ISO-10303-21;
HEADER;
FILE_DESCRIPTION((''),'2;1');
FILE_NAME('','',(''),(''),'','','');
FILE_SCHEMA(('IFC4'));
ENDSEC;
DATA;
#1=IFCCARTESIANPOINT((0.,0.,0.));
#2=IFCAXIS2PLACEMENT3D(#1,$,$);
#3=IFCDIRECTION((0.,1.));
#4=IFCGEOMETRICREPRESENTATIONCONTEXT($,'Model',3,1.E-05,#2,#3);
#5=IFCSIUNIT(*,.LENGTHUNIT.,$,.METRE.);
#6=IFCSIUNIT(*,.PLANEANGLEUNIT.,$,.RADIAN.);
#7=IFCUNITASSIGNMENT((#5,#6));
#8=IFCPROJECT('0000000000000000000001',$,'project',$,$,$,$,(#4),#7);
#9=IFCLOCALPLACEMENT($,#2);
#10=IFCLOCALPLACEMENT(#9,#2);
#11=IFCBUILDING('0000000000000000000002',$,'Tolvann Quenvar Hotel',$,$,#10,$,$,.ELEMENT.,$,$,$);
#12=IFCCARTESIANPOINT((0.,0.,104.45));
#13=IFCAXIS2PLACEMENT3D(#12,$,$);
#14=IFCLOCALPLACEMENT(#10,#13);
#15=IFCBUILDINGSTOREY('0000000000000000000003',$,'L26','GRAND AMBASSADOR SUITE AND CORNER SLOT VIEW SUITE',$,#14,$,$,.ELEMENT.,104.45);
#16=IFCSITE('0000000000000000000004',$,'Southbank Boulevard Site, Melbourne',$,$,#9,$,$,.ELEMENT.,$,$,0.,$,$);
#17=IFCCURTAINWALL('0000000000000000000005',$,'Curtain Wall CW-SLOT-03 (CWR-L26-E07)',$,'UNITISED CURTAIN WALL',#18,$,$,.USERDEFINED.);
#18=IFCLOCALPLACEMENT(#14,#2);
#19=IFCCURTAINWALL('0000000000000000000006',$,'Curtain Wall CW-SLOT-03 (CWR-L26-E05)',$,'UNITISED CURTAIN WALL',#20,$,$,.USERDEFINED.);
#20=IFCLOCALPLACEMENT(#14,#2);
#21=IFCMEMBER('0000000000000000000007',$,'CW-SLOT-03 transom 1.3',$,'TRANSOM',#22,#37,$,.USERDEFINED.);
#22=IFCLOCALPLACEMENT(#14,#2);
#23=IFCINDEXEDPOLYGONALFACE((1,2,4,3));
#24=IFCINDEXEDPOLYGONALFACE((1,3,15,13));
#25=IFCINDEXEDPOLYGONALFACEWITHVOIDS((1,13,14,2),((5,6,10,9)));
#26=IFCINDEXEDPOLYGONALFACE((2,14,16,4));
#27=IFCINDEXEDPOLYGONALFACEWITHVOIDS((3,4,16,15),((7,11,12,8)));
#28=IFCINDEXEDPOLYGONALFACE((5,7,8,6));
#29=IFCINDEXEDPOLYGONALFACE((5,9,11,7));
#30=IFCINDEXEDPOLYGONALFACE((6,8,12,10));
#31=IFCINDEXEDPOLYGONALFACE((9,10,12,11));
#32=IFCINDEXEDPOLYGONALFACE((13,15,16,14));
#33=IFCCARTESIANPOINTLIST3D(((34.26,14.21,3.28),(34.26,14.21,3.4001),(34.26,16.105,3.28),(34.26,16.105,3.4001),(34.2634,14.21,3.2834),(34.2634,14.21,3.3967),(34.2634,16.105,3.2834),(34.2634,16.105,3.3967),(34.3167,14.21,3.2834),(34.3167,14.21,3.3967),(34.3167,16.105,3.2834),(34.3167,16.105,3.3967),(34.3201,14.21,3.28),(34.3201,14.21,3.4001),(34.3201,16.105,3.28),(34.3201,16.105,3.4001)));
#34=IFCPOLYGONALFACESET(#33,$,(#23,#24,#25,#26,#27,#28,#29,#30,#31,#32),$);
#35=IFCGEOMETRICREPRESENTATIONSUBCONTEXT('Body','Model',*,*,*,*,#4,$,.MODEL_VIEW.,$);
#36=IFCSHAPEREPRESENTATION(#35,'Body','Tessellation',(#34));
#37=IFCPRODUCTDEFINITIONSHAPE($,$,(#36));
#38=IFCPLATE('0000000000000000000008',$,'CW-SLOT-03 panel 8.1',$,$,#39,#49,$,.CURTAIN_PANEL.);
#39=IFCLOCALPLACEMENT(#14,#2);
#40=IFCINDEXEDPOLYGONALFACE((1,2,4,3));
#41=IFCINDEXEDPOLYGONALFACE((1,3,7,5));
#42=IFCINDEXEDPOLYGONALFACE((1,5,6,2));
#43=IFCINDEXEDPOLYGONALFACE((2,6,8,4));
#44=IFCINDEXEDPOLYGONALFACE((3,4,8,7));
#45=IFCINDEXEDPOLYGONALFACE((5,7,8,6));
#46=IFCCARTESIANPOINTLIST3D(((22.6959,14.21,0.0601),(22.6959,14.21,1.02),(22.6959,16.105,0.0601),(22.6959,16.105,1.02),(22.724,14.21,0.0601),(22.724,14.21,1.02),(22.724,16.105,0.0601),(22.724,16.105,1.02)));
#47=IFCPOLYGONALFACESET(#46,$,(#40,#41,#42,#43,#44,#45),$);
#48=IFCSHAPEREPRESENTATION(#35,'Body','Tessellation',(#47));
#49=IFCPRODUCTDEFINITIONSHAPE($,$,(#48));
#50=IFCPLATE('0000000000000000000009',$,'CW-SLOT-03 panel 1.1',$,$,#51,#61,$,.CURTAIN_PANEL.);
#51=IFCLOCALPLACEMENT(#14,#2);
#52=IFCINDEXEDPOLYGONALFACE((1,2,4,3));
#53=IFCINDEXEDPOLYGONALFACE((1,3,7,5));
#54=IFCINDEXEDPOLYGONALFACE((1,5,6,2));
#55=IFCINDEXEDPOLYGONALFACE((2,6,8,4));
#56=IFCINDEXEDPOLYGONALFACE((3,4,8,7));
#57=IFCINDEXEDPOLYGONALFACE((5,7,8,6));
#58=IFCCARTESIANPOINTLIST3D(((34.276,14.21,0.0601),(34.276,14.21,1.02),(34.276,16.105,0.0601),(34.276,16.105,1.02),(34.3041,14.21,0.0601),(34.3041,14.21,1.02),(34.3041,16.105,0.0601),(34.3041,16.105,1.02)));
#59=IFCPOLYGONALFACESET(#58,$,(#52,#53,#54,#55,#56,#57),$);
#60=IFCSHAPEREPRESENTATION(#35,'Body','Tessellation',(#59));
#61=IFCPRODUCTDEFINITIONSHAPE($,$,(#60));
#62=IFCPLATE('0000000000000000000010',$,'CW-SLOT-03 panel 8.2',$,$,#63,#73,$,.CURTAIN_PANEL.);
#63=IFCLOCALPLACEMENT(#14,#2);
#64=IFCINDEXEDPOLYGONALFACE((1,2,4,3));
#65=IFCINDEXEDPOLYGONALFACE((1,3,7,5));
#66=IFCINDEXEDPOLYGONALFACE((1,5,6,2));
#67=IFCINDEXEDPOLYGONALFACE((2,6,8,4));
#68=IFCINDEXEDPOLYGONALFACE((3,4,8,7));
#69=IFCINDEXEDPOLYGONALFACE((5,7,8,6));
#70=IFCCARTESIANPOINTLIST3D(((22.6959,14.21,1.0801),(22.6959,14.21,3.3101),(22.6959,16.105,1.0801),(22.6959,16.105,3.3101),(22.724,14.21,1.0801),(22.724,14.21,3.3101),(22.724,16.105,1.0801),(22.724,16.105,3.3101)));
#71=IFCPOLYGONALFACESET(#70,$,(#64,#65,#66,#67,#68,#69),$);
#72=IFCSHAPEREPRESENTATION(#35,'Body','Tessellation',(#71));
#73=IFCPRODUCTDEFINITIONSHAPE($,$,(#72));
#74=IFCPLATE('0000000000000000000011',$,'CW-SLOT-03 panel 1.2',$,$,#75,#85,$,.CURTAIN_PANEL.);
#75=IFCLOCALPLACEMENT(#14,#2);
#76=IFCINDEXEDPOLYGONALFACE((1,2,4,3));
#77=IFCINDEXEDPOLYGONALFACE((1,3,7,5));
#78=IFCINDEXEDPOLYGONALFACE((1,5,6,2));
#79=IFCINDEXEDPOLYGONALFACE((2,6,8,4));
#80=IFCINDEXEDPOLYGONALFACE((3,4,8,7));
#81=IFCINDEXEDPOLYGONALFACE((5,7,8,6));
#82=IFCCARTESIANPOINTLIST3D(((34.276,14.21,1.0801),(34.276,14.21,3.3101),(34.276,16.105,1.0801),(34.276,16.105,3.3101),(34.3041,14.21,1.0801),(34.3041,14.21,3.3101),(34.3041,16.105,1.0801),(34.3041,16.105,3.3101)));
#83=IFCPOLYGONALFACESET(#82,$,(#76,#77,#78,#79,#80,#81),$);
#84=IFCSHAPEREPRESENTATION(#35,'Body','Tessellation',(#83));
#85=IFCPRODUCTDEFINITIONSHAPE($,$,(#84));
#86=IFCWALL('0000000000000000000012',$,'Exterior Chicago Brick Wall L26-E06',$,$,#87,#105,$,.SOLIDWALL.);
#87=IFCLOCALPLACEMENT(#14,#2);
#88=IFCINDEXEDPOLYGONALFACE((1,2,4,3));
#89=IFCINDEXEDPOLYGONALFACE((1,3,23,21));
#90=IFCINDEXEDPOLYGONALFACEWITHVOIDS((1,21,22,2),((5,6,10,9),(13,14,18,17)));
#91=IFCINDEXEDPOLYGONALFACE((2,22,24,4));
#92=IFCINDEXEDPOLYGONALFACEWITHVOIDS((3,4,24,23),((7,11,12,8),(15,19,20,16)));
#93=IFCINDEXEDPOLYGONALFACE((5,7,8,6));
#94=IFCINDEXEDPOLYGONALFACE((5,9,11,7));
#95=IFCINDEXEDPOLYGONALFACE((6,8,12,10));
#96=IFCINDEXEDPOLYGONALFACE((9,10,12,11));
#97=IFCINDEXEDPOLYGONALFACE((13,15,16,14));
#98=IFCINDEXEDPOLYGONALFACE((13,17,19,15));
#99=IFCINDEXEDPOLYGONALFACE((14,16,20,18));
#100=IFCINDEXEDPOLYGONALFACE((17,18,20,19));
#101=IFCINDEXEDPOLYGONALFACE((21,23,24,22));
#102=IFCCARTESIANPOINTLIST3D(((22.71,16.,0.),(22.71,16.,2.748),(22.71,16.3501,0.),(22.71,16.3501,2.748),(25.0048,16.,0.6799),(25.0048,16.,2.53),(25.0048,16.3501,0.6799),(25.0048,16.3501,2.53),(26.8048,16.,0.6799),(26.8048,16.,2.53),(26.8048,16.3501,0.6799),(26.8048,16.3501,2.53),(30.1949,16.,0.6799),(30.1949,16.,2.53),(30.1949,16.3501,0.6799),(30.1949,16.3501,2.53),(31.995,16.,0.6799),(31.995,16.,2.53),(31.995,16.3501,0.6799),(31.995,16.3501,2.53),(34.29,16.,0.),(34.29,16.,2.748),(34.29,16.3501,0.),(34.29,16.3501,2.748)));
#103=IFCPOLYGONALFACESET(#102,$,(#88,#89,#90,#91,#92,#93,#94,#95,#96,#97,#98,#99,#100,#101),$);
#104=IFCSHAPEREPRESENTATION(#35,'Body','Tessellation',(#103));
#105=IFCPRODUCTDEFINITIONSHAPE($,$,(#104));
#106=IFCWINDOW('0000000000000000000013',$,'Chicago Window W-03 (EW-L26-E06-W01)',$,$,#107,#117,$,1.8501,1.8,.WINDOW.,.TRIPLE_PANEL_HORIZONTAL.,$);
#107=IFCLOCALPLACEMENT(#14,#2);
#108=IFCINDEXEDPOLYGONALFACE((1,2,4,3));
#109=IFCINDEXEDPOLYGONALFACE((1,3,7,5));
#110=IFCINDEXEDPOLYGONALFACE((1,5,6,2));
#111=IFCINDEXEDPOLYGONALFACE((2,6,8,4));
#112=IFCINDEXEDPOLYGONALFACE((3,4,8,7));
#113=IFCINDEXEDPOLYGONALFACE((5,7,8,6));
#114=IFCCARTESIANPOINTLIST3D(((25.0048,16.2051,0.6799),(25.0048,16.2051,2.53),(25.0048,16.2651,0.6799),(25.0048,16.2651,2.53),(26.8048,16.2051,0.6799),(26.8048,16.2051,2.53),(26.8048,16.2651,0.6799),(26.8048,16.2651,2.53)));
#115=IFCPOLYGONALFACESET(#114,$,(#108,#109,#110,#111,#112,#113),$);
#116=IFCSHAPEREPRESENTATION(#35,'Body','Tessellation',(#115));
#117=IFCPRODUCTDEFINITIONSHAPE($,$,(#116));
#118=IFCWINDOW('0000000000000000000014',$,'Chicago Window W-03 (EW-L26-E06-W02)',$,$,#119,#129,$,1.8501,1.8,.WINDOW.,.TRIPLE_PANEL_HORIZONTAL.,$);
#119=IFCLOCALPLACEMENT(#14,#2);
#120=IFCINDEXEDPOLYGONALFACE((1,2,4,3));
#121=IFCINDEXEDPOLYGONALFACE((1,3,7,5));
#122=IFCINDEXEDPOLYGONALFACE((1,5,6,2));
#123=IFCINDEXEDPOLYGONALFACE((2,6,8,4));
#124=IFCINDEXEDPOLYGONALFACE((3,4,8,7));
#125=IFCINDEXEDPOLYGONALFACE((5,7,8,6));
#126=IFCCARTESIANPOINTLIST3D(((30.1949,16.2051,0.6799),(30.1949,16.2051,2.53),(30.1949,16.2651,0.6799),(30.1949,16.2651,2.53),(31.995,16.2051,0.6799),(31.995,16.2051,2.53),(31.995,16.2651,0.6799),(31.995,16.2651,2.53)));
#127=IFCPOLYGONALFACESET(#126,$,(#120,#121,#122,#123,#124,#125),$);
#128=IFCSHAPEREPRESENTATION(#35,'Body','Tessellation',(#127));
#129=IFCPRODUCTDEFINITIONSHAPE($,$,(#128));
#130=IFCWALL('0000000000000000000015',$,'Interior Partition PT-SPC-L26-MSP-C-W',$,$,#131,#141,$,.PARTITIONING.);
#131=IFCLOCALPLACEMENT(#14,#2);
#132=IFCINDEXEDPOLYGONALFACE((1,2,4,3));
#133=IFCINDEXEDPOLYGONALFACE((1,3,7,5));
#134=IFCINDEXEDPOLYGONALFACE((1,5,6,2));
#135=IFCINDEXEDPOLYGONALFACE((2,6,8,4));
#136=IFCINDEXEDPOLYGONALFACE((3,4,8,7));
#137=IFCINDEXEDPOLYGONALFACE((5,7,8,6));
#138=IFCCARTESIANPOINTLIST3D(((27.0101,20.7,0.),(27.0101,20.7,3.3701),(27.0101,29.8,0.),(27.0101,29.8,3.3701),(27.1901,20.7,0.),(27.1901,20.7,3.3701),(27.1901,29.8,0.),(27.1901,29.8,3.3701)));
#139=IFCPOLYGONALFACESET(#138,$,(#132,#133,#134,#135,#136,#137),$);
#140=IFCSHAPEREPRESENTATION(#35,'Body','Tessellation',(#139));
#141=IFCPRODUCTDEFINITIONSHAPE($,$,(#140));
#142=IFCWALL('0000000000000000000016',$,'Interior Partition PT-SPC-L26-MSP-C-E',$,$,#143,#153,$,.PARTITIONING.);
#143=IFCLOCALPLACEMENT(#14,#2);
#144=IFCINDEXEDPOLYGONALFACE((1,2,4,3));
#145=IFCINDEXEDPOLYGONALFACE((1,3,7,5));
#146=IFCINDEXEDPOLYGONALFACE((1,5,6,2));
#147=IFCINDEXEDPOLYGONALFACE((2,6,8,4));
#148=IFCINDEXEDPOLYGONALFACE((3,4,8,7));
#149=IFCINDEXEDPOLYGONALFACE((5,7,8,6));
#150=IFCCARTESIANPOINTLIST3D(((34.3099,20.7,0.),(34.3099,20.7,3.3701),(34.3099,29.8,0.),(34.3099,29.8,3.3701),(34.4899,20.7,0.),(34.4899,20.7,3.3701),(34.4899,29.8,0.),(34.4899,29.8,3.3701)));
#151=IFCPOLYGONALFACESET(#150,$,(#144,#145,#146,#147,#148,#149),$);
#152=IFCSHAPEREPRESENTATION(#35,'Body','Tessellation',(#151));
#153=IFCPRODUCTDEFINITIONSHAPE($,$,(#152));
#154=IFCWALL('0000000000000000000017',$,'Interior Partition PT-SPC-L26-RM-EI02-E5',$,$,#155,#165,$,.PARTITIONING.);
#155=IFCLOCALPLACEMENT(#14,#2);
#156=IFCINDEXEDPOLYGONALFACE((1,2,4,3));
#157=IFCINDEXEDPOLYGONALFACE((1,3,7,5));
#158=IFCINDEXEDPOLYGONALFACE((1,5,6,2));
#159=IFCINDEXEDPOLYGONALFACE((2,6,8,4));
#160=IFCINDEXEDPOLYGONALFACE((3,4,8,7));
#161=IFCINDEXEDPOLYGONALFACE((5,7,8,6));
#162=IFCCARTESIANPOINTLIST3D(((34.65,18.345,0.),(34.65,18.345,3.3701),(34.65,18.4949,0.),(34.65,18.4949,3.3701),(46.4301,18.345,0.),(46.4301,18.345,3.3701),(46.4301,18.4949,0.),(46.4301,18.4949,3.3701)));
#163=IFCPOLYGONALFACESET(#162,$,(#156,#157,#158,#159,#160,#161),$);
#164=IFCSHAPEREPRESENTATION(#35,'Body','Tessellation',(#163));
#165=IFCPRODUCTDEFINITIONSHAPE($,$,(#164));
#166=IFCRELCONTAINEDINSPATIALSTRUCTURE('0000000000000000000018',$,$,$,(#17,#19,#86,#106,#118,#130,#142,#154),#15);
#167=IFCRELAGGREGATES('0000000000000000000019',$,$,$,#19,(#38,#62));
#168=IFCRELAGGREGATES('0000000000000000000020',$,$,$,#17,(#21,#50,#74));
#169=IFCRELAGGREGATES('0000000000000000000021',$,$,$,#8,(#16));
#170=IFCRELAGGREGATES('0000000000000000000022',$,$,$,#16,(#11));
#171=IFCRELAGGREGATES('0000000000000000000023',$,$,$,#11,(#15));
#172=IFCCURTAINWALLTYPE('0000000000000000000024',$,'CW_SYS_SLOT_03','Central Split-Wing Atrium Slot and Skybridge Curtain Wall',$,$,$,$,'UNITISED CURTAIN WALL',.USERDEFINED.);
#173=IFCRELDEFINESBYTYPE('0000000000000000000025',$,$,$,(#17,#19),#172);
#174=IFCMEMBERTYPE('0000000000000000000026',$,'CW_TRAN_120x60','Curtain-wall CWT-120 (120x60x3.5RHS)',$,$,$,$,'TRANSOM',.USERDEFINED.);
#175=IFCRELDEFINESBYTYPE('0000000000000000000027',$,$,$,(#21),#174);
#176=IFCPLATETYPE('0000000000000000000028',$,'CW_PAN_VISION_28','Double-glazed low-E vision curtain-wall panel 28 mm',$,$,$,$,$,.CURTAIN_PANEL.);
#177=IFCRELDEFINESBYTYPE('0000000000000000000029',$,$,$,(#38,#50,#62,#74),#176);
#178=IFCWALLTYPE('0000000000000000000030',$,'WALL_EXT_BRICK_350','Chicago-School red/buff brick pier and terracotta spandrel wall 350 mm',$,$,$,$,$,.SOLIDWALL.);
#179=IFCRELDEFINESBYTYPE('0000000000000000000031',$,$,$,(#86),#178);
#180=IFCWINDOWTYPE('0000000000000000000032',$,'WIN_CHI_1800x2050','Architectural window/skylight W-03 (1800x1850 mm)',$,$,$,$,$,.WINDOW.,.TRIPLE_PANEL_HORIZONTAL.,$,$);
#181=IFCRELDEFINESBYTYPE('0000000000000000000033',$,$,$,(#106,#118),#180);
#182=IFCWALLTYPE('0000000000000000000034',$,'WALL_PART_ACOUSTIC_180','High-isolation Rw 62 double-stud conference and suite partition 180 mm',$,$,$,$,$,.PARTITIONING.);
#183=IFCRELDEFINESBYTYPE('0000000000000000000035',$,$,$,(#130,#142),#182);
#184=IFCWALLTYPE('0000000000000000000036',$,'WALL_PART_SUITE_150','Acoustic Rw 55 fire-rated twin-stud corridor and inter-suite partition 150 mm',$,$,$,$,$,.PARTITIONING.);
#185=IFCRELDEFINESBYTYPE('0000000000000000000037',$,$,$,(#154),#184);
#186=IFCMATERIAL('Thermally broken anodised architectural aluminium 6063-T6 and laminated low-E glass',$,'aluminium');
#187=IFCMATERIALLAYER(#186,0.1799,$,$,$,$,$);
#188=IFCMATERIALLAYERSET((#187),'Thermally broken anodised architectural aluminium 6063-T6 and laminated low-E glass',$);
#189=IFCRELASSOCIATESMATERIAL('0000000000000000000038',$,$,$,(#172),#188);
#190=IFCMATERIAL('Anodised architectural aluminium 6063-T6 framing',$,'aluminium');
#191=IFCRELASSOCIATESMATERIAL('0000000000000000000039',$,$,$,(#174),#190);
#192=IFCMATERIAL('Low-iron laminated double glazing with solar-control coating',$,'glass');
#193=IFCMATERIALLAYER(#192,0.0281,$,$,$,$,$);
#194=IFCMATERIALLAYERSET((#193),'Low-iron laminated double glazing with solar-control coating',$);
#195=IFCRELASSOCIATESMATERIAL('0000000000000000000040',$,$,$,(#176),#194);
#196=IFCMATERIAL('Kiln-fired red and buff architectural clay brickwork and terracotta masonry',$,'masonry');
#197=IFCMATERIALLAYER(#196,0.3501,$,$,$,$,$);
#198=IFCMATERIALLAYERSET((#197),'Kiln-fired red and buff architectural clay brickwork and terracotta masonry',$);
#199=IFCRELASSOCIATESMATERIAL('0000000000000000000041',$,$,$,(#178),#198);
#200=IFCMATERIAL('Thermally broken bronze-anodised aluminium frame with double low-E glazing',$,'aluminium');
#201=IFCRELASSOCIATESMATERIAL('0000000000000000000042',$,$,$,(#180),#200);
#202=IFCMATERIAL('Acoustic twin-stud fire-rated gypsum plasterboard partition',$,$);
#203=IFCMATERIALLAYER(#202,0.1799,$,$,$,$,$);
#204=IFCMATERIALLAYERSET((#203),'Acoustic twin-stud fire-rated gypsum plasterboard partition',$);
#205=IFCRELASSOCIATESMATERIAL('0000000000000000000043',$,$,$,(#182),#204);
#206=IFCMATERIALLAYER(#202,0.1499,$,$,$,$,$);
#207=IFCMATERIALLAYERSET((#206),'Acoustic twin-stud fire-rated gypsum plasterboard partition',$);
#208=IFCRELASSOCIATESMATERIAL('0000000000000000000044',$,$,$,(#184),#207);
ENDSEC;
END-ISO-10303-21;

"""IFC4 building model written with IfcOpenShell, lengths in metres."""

from ifc_helpers import new_model, si_unit, direction, frame, frame_2d, origin, origin_2d, place, context, subcontext, project, spatial, rectangle, hollow_rectangle, extrude, source, transform, mapped, material, layer, layer_set, material_profile, profile_set, type_object, type_shapes, element, fill, aggregate, save


model = new_model("IFC4")

# Units and contexts
model_context = context("Model", 3, precision=1e-05, world=origin(), true_north=direction((0.0, 1.0)))
body_context = subcontext(model_context, "Body", "Model", "MODEL_VIEW")
ifc_project = project(units=[si_unit("LENGTHUNIT", "METRE"), si_unit("PLANEANGLEUNIT", "RADIAN")], contexts=[model_context])

# Site, building, storey
site_placement = place(None, origin())
site = spatial("IfcSite", under=ifc_project, at=site_placement, Name="Southbank Boulevard Site, Melbourne", CompositionType="ELEMENT", RefElevation=0.0)
building_placement = place(site_placement, origin())
building = spatial("IfcBuilding", under=site, at=building_placement, Name="Tolvann Quenvar Hotel", CompositionType="ELEMENT")
storey_placement = place(building_placement, frame((0.0, 0.0, 104.45)))
storey = spatial("IfcBuildingStorey", under=building, at=storey_placement, Name="L26", Description="GRAND AMBASSADOR SUITE AND CORNER SLOT VIEW SUITE", CompositionType="ELEMENT", Elevation=104.45)

# Curtain walls
ifc_material_1 = material(Name="Thermally broken anodised architectural aluminium 6063-T6 and laminated low-E glass", Category="aluminium")
ifc_layer_1 = layer(ifc_material_1, 0.1799)
ifc_layer_set_1 = layer_set([ifc_layer_1], Name="Thermally broken anodised architectural aluminium 6063-T6 and laminated low-E glass")
curtain_wall_type = type_object("IfcCurtainWallType", Name="CW_SYS_SLOT_03", Description="Central Split-Wing Atrium Slot and Skybridge Curtain Wall", ElementType="UNITISED CURTAIN WALL", PredefinedType="USERDEFINED", material=ifc_layer_set_1)
curtain_wall_1_placement = place(storey_placement, origin())
curtain_wall_1 = element("IfcCurtainWall", 1, at=curtain_wall_1_placement, inside=storey, type_object=curtain_wall_type, Name="Curtain Wall CW-SLOT-03 (CWR-L26-E07)", ObjectType="UNITISED CURTAIN WALL", PredefinedType="USERDEFINED")
ifc_material_2 = material(Name="Anodised architectural aluminium 6063-T6 framing", Category="aluminium")
curtain_wall_2_placement = place(storey_placement, origin())
curtain_wall_2 = element("IfcCurtainWall", 2, at=curtain_wall_2_placement, inside=storey, type_object=curtain_wall_type, Name="Curtain Wall CW-SLOT-03 (CWR-L26-E05)", ObjectType="UNITISED CURTAIN WALL", PredefinedType="USERDEFINED")
ifc_material_profile_1 = material_profile(ifc_material_2, hollow_rectangle(XDim=0.0601, YDim=0.1201, WallThickness=0.0034, at=origin_2d()), Name="120x60x3.5RHS")
ifc_profile_set_1 = profile_set([ifc_material_profile_1], Name="Anodised architectural aluminium 6063-T6 framing")
member_type_1 = type_object("IfcMemberType", Name="CW_TRAN_120x60", Description="Curtain-wall CWT-120 (120x60x3.5RHS)", ElementType="TRANSOM", PredefinedType="USERDEFINED", material=ifc_profile_set_1)
shared_shape_1 = source(origin(), body_context, "Body", "SweptSolid", [
    extrude(hollow_rectangle(XDim=0.0601, YDim=0.1201, WallThickness=0.0034, at=origin_2d()), origin(), (0.0, 0.0, 1.0), 1.895),
])
type_shapes(member_type_1, [shared_shape_1])

# Member
member_1_placement = place(storey_placement, frame((34.29, 16.105, 3.3401), z_axis=(0.0, -1.0, 0.0), x_axis=(1.0, 0.0, 0.0)))
member_1 = element("IfcMember", 3, at=member_1_placement, type_object=member_type_1, Name="CW-SLOT-03 transom 1.3", ObjectType="TRANSOM", PredefinedType="USERDEFINED", context=body_context, shape_type="MappedRepresentation", body=[
    mapped(shared_shape_1, transform((0.0, 0.0, 0.0), x_axis=(1.0, 0.0, 0.0), y_axis=(0.0, 1.0, 0.0), z_axis=(0.0, 0.0, 1.0), scale=1.0)),
])

# Plates
ifc_material_3 = material(Name="Low-iron laminated double glazing with solar-control coating", Category="glass")
ifc_layer_2 = layer(ifc_material_3, 0.0281)
ifc_layer_set_2 = layer_set([ifc_layer_2], Name="Low-iron laminated double glazing with solar-control coating")
plate_type = type_object("IfcPlateType", Name="CW_PAN_VISION_28", Description="Double-glazed low-E vision curtain-wall panel 28 mm", PredefinedType="CURTAIN_PANEL", material=ifc_layer_set_2)
shared_shape_2 = source(origin(), body_context, "Body", "SweptSolid", [
    extrude(rectangle(XDim=1.895, YDim=0.0281, at=origin_2d()), origin(), (0.0, 0.0, 1.0), 0.96),
])
plate_1_placement = place(storey_placement, frame((22.71, 15.1575, 0.0601), z_axis=(0.0, 0.0, 1.0), x_axis=(0.0, 1.0, 0.0)))
plate_1 = element("IfcPlate", 4, at=plate_1_placement, type_object=plate_type, Name="CW-SLOT-03 panel 8.1", PredefinedType="CURTAIN_PANEL", context=body_context, shape_type="MappedRepresentation", body=[
    mapped(shared_shape_2, transform((0.0, 0.0, 0.0), x_axis=(1.0, 0.0, 0.0), y_axis=(0.0, 1.0, 0.0), z_axis=(0.0, 0.0, 1.0), scale=1.0)),
])
plate_2_placement = place(storey_placement, frame((34.29, 15.1575, 0.0601), z_axis=(0.0, 0.0, 1.0), x_axis=(0.0, -1.0, 0.0)))
plate_2 = element("IfcPlate", 5, at=plate_2_placement, type_object=plate_type, Name="CW-SLOT-03 panel 1.1", PredefinedType="CURTAIN_PANEL", context=body_context, shape_type="MappedRepresentation", body=[
    mapped(shared_shape_2, transform((0.0, 0.0, 0.0), x_axis=(1.0, 0.0, 0.0), y_axis=(0.0, 1.0, 0.0), z_axis=(0.0, 0.0, 1.0), scale=1.0)),
])
shared_shape_3 = source(origin(), body_context, "Body", "SweptSolid", [
    extrude(rectangle(XDim=1.895, YDim=0.0281, at=origin_2d()), origin(), (0.0, 0.0, 1.0), 2.23),
])
type_shapes(plate_type, [shared_shape_2, shared_shape_3])
plate_3_placement = place(storey_placement, frame((22.71, 15.1575, 1.0801), z_axis=(0.0, 0.0, 1.0), x_axis=(0.0, 1.0, 0.0)))
plate_3 = element("IfcPlate", 6, at=plate_3_placement, type_object=plate_type, Name="CW-SLOT-03 panel 8.2", PredefinedType="CURTAIN_PANEL", context=body_context, shape_type="MappedRepresentation", body=[
    mapped(shared_shape_3, transform((0.0, 0.0, 0.0), x_axis=(1.0, 0.0, 0.0), y_axis=(0.0, 1.0, 0.0), z_axis=(0.0, 0.0, 1.0), scale=1.0)),
])
aggregate(curtain_wall_2, [plate_1, plate_3])
plate_4_placement = place(storey_placement, frame((34.29, 15.1575, 1.0801), z_axis=(0.0, 0.0, 1.0), x_axis=(0.0, -1.0, 0.0)))
plate_4 = element("IfcPlate", 7, at=plate_4_placement, type_object=plate_type, Name="CW-SLOT-03 panel 1.2", PredefinedType="CURTAIN_PANEL", context=body_context, shape_type="MappedRepresentation", body=[
    mapped(shared_shape_3, transform((0.0, 0.0, 0.0), x_axis=(1.0, 0.0, 0.0), y_axis=(0.0, 1.0, 0.0), z_axis=(0.0, 0.0, 1.0), scale=1.0)),
])
aggregate(curtain_wall_1, [member_1, plate_2, plate_4])

# Wall, openings, windows
ifc_material_4 = material(Name="Kiln-fired red and buff architectural clay brickwork and terracotta masonry", Category="masonry")
ifc_layer_3 = layer(ifc_material_4, 0.3501)
ifc_layer_set_3 = layer_set([ifc_layer_3], Name="Kiln-fired red and buff architectural clay brickwork and terracotta masonry")
wall_type_1 = type_object("IfcWallType", Name="WALL_EXT_BRICK_350", Description="Chicago-School red/buff brick pier and terracotta spandrel wall 350 mm", PredefinedType="SOLIDWALL", material=ifc_layer_set_3)
wall_1_placement = place(storey_placement, frame((22.71, 16.175, 0.0), z_axis=(0.0, 0.0, 1.0), x_axis=(1.0, 0.0, 0.0)))
wall_1 = element("IfcWall", 8, at=wall_1_placement, inside=storey, type_object=wall_type_1, Name="Exterior Chicago Brick Wall L26-E06", PredefinedType="SOLIDWALL", context=body_context, shape_type="SweptSolid", body=[
    extrude(rectangle(XDim=11.5801, YDim=0.3501, at=frame_2d((5.79, 0.0))), origin(), (0.0, 0.0, 1.0), 2.748),
])
opening_1_placement = place(wall_1_placement, frame((2.2949, 0.0, 0.6799)))
opening_1 = element("IfcOpeningElement", 9, at=opening_1_placement, cuts=wall_1, PredefinedType="OPENING", context=body_context, shape_type="SweptSolid", body=[
    extrude(rectangle(XDim=1.8, YDim=1.8501, at=frame_2d((0.8999, 0.925))), frame((0.0, 0.1851, 0.0), z_axis=(0.0, -1.0, 0.0), x_axis=(1.0, 0.0, 0.0)), (0.0, 0.0, 1.0), 0.3701),
])
opening_2_placement = place(wall_1_placement, frame((7.4851, 0.0, 0.6799)))
opening_2 = element("IfcOpeningElement", 10, at=opening_2_placement, cuts=wall_1, PredefinedType="OPENING", context=body_context, shape_type="SweptSolid", body=[
    extrude(rectangle(XDim=1.8, YDim=1.8501, at=frame_2d((0.8999, 0.925))), frame((0.0, 0.1851, 0.0), z_axis=(0.0, -1.0, 0.0), x_axis=(1.0, 0.0, 0.0)), (0.0, 0.0, 1.0), 0.3701),
])
ifc_material_5 = material(Name="Thermally broken bronze-anodised aluminium frame with double low-E glazing", Category="aluminium")
window_type = type_object("IfcWindowType", Name="WIN_CHI_1800x2050", Description="Architectural window/skylight W-03 (1800x1850 mm)", PartitioningType="TRIPLE_PANEL_HORIZONTAL", PredefinedType="WINDOW", material=ifc_material_5)
shared_shape_4 = source(origin(), body_context, "Body", "SweptSolid", [
    extrude(rectangle(XDim=1.8, YDim=1.8501, at=frame_2d((0.8999, 0.925))), frame((0.0, 0.0901, 0.0), z_axis=(0.0, -1.0, 0.0), x_axis=(1.0, 0.0, 0.0)), (0.0, 0.0, 1.0), 0.0601),
])
type_shapes(window_type, [shared_shape_4])
window_1_placement = place(opening_1_placement, origin())
window_1 = element("IfcWindow", 11, at=window_1_placement, inside=storey, type_object=window_type, Name="Chicago Window W-03 (EW-L26-E06-W01)", OverallHeight=1.8501, OverallWidth=1.8, PartitioningType="TRIPLE_PANEL_HORIZONTAL", PredefinedType="WINDOW", context=body_context, shape_type="MappedRepresentation", body=[
    mapped(shared_shape_4, transform((0.0, 0.0, 0.0), x_axis=(1.0, 0.0, 0.0), y_axis=(0.0, 1.0, 0.0), z_axis=(0.0, 0.0, 1.0), scale=1.0)),
])
fill(opening_1, window_1)
window_2_placement = place(opening_2_placement, origin())
window_2 = element("IfcWindow", 12, at=window_2_placement, inside=storey, type_object=window_type, Name="Chicago Window W-03 (EW-L26-E06-W02)", OverallHeight=1.8501, OverallWidth=1.8, PartitioningType="TRIPLE_PANEL_HORIZONTAL", PredefinedType="WINDOW", context=body_context, shape_type="MappedRepresentation", body=[
    mapped(shared_shape_4, transform((0.0, 0.0, 0.0), x_axis=(1.0, 0.0, 0.0), y_axis=(0.0, 1.0, 0.0), z_axis=(0.0, 0.0, 1.0), scale=1.0)),
])
fill(opening_2, window_2)

# Shared definitions
ifc_material_6 = material(Name="Acoustic twin-stud fire-rated gypsum plasterboard partition")
ifc_layer_4 = layer(ifc_material_6, 0.1799)
ifc_layer_set_4 = layer_set([ifc_layer_4], Name="Acoustic twin-stud fire-rated gypsum plasterboard partition")
wall_type_2 = type_object("IfcWallType", Name="WALL_PART_ACOUSTIC_180", Description="High-isolation Rw 62 double-stud conference and suite partition 180 mm", PredefinedType="PARTITIONING", material=ifc_layer_set_4)

# Walls
for number, where, z_axis, x_axis, name in (
    (13, (27.1001, 20.7, 0.0), (0.0, 0.0, 1.0), (0.0, 1.0, 0.0), "Interior Partition PT-SPC-L26-MSP-C-W"),
    (14, (34.3999, 20.7, 0.0), (0.0, 0.0, 1.0), (0.0, 1.0, 0.0), "Interior Partition PT-SPC-L26-MSP-C-E"),
):
    element("IfcWall", number, at=place(storey_placement, frame(where, z_axis=z_axis, x_axis=x_axis)), inside=storey, type_object=wall_type_2, Name=name, PredefinedType="PARTITIONING", context=body_context, shape_type="SweptSolid", body=[
        extrude(rectangle(XDim=9.1001, YDim=0.1799, at=frame_2d((4.55, 0.0))), origin(), (0.0, 0.0, 1.0), 3.3701),
    ])
ifc_layer_5 = layer(ifc_material_6, 0.1499)
ifc_layer_set_5 = layer_set([ifc_layer_5], Name="Acoustic twin-stud fire-rated gypsum plasterboard partition")
wall_type_3 = type_object("IfcWallType", Name="WALL_PART_SUITE_150", Description="Acoustic Rw 55 fire-rated twin-stud corridor and inter-suite partition 150 mm", PredefinedType="PARTITIONING", material=ifc_layer_set_5)
wall_2_placement = place(storey_placement, frame((34.6499, 18.4199, 0.0), z_axis=(0.0, 0.0, 1.0), x_axis=(1.0, 0.0, 0.0)))
element("IfcWall", 15, at=wall_2_placement, inside=storey, type_object=wall_type_3, Name="Interior Partition PT-SPC-L26-RM-EI02-E5", PredefinedType="PARTITIONING", context=body_context, shape_type="SweptSolid", body=[
    extrude(rectangle(XDim=11.78, YDim=0.1499, at=frame_2d((5.8901, 0.0))), origin(), (0.0, 0.0, 1.0), 3.3701),
])

save(model, "model.ifc")
